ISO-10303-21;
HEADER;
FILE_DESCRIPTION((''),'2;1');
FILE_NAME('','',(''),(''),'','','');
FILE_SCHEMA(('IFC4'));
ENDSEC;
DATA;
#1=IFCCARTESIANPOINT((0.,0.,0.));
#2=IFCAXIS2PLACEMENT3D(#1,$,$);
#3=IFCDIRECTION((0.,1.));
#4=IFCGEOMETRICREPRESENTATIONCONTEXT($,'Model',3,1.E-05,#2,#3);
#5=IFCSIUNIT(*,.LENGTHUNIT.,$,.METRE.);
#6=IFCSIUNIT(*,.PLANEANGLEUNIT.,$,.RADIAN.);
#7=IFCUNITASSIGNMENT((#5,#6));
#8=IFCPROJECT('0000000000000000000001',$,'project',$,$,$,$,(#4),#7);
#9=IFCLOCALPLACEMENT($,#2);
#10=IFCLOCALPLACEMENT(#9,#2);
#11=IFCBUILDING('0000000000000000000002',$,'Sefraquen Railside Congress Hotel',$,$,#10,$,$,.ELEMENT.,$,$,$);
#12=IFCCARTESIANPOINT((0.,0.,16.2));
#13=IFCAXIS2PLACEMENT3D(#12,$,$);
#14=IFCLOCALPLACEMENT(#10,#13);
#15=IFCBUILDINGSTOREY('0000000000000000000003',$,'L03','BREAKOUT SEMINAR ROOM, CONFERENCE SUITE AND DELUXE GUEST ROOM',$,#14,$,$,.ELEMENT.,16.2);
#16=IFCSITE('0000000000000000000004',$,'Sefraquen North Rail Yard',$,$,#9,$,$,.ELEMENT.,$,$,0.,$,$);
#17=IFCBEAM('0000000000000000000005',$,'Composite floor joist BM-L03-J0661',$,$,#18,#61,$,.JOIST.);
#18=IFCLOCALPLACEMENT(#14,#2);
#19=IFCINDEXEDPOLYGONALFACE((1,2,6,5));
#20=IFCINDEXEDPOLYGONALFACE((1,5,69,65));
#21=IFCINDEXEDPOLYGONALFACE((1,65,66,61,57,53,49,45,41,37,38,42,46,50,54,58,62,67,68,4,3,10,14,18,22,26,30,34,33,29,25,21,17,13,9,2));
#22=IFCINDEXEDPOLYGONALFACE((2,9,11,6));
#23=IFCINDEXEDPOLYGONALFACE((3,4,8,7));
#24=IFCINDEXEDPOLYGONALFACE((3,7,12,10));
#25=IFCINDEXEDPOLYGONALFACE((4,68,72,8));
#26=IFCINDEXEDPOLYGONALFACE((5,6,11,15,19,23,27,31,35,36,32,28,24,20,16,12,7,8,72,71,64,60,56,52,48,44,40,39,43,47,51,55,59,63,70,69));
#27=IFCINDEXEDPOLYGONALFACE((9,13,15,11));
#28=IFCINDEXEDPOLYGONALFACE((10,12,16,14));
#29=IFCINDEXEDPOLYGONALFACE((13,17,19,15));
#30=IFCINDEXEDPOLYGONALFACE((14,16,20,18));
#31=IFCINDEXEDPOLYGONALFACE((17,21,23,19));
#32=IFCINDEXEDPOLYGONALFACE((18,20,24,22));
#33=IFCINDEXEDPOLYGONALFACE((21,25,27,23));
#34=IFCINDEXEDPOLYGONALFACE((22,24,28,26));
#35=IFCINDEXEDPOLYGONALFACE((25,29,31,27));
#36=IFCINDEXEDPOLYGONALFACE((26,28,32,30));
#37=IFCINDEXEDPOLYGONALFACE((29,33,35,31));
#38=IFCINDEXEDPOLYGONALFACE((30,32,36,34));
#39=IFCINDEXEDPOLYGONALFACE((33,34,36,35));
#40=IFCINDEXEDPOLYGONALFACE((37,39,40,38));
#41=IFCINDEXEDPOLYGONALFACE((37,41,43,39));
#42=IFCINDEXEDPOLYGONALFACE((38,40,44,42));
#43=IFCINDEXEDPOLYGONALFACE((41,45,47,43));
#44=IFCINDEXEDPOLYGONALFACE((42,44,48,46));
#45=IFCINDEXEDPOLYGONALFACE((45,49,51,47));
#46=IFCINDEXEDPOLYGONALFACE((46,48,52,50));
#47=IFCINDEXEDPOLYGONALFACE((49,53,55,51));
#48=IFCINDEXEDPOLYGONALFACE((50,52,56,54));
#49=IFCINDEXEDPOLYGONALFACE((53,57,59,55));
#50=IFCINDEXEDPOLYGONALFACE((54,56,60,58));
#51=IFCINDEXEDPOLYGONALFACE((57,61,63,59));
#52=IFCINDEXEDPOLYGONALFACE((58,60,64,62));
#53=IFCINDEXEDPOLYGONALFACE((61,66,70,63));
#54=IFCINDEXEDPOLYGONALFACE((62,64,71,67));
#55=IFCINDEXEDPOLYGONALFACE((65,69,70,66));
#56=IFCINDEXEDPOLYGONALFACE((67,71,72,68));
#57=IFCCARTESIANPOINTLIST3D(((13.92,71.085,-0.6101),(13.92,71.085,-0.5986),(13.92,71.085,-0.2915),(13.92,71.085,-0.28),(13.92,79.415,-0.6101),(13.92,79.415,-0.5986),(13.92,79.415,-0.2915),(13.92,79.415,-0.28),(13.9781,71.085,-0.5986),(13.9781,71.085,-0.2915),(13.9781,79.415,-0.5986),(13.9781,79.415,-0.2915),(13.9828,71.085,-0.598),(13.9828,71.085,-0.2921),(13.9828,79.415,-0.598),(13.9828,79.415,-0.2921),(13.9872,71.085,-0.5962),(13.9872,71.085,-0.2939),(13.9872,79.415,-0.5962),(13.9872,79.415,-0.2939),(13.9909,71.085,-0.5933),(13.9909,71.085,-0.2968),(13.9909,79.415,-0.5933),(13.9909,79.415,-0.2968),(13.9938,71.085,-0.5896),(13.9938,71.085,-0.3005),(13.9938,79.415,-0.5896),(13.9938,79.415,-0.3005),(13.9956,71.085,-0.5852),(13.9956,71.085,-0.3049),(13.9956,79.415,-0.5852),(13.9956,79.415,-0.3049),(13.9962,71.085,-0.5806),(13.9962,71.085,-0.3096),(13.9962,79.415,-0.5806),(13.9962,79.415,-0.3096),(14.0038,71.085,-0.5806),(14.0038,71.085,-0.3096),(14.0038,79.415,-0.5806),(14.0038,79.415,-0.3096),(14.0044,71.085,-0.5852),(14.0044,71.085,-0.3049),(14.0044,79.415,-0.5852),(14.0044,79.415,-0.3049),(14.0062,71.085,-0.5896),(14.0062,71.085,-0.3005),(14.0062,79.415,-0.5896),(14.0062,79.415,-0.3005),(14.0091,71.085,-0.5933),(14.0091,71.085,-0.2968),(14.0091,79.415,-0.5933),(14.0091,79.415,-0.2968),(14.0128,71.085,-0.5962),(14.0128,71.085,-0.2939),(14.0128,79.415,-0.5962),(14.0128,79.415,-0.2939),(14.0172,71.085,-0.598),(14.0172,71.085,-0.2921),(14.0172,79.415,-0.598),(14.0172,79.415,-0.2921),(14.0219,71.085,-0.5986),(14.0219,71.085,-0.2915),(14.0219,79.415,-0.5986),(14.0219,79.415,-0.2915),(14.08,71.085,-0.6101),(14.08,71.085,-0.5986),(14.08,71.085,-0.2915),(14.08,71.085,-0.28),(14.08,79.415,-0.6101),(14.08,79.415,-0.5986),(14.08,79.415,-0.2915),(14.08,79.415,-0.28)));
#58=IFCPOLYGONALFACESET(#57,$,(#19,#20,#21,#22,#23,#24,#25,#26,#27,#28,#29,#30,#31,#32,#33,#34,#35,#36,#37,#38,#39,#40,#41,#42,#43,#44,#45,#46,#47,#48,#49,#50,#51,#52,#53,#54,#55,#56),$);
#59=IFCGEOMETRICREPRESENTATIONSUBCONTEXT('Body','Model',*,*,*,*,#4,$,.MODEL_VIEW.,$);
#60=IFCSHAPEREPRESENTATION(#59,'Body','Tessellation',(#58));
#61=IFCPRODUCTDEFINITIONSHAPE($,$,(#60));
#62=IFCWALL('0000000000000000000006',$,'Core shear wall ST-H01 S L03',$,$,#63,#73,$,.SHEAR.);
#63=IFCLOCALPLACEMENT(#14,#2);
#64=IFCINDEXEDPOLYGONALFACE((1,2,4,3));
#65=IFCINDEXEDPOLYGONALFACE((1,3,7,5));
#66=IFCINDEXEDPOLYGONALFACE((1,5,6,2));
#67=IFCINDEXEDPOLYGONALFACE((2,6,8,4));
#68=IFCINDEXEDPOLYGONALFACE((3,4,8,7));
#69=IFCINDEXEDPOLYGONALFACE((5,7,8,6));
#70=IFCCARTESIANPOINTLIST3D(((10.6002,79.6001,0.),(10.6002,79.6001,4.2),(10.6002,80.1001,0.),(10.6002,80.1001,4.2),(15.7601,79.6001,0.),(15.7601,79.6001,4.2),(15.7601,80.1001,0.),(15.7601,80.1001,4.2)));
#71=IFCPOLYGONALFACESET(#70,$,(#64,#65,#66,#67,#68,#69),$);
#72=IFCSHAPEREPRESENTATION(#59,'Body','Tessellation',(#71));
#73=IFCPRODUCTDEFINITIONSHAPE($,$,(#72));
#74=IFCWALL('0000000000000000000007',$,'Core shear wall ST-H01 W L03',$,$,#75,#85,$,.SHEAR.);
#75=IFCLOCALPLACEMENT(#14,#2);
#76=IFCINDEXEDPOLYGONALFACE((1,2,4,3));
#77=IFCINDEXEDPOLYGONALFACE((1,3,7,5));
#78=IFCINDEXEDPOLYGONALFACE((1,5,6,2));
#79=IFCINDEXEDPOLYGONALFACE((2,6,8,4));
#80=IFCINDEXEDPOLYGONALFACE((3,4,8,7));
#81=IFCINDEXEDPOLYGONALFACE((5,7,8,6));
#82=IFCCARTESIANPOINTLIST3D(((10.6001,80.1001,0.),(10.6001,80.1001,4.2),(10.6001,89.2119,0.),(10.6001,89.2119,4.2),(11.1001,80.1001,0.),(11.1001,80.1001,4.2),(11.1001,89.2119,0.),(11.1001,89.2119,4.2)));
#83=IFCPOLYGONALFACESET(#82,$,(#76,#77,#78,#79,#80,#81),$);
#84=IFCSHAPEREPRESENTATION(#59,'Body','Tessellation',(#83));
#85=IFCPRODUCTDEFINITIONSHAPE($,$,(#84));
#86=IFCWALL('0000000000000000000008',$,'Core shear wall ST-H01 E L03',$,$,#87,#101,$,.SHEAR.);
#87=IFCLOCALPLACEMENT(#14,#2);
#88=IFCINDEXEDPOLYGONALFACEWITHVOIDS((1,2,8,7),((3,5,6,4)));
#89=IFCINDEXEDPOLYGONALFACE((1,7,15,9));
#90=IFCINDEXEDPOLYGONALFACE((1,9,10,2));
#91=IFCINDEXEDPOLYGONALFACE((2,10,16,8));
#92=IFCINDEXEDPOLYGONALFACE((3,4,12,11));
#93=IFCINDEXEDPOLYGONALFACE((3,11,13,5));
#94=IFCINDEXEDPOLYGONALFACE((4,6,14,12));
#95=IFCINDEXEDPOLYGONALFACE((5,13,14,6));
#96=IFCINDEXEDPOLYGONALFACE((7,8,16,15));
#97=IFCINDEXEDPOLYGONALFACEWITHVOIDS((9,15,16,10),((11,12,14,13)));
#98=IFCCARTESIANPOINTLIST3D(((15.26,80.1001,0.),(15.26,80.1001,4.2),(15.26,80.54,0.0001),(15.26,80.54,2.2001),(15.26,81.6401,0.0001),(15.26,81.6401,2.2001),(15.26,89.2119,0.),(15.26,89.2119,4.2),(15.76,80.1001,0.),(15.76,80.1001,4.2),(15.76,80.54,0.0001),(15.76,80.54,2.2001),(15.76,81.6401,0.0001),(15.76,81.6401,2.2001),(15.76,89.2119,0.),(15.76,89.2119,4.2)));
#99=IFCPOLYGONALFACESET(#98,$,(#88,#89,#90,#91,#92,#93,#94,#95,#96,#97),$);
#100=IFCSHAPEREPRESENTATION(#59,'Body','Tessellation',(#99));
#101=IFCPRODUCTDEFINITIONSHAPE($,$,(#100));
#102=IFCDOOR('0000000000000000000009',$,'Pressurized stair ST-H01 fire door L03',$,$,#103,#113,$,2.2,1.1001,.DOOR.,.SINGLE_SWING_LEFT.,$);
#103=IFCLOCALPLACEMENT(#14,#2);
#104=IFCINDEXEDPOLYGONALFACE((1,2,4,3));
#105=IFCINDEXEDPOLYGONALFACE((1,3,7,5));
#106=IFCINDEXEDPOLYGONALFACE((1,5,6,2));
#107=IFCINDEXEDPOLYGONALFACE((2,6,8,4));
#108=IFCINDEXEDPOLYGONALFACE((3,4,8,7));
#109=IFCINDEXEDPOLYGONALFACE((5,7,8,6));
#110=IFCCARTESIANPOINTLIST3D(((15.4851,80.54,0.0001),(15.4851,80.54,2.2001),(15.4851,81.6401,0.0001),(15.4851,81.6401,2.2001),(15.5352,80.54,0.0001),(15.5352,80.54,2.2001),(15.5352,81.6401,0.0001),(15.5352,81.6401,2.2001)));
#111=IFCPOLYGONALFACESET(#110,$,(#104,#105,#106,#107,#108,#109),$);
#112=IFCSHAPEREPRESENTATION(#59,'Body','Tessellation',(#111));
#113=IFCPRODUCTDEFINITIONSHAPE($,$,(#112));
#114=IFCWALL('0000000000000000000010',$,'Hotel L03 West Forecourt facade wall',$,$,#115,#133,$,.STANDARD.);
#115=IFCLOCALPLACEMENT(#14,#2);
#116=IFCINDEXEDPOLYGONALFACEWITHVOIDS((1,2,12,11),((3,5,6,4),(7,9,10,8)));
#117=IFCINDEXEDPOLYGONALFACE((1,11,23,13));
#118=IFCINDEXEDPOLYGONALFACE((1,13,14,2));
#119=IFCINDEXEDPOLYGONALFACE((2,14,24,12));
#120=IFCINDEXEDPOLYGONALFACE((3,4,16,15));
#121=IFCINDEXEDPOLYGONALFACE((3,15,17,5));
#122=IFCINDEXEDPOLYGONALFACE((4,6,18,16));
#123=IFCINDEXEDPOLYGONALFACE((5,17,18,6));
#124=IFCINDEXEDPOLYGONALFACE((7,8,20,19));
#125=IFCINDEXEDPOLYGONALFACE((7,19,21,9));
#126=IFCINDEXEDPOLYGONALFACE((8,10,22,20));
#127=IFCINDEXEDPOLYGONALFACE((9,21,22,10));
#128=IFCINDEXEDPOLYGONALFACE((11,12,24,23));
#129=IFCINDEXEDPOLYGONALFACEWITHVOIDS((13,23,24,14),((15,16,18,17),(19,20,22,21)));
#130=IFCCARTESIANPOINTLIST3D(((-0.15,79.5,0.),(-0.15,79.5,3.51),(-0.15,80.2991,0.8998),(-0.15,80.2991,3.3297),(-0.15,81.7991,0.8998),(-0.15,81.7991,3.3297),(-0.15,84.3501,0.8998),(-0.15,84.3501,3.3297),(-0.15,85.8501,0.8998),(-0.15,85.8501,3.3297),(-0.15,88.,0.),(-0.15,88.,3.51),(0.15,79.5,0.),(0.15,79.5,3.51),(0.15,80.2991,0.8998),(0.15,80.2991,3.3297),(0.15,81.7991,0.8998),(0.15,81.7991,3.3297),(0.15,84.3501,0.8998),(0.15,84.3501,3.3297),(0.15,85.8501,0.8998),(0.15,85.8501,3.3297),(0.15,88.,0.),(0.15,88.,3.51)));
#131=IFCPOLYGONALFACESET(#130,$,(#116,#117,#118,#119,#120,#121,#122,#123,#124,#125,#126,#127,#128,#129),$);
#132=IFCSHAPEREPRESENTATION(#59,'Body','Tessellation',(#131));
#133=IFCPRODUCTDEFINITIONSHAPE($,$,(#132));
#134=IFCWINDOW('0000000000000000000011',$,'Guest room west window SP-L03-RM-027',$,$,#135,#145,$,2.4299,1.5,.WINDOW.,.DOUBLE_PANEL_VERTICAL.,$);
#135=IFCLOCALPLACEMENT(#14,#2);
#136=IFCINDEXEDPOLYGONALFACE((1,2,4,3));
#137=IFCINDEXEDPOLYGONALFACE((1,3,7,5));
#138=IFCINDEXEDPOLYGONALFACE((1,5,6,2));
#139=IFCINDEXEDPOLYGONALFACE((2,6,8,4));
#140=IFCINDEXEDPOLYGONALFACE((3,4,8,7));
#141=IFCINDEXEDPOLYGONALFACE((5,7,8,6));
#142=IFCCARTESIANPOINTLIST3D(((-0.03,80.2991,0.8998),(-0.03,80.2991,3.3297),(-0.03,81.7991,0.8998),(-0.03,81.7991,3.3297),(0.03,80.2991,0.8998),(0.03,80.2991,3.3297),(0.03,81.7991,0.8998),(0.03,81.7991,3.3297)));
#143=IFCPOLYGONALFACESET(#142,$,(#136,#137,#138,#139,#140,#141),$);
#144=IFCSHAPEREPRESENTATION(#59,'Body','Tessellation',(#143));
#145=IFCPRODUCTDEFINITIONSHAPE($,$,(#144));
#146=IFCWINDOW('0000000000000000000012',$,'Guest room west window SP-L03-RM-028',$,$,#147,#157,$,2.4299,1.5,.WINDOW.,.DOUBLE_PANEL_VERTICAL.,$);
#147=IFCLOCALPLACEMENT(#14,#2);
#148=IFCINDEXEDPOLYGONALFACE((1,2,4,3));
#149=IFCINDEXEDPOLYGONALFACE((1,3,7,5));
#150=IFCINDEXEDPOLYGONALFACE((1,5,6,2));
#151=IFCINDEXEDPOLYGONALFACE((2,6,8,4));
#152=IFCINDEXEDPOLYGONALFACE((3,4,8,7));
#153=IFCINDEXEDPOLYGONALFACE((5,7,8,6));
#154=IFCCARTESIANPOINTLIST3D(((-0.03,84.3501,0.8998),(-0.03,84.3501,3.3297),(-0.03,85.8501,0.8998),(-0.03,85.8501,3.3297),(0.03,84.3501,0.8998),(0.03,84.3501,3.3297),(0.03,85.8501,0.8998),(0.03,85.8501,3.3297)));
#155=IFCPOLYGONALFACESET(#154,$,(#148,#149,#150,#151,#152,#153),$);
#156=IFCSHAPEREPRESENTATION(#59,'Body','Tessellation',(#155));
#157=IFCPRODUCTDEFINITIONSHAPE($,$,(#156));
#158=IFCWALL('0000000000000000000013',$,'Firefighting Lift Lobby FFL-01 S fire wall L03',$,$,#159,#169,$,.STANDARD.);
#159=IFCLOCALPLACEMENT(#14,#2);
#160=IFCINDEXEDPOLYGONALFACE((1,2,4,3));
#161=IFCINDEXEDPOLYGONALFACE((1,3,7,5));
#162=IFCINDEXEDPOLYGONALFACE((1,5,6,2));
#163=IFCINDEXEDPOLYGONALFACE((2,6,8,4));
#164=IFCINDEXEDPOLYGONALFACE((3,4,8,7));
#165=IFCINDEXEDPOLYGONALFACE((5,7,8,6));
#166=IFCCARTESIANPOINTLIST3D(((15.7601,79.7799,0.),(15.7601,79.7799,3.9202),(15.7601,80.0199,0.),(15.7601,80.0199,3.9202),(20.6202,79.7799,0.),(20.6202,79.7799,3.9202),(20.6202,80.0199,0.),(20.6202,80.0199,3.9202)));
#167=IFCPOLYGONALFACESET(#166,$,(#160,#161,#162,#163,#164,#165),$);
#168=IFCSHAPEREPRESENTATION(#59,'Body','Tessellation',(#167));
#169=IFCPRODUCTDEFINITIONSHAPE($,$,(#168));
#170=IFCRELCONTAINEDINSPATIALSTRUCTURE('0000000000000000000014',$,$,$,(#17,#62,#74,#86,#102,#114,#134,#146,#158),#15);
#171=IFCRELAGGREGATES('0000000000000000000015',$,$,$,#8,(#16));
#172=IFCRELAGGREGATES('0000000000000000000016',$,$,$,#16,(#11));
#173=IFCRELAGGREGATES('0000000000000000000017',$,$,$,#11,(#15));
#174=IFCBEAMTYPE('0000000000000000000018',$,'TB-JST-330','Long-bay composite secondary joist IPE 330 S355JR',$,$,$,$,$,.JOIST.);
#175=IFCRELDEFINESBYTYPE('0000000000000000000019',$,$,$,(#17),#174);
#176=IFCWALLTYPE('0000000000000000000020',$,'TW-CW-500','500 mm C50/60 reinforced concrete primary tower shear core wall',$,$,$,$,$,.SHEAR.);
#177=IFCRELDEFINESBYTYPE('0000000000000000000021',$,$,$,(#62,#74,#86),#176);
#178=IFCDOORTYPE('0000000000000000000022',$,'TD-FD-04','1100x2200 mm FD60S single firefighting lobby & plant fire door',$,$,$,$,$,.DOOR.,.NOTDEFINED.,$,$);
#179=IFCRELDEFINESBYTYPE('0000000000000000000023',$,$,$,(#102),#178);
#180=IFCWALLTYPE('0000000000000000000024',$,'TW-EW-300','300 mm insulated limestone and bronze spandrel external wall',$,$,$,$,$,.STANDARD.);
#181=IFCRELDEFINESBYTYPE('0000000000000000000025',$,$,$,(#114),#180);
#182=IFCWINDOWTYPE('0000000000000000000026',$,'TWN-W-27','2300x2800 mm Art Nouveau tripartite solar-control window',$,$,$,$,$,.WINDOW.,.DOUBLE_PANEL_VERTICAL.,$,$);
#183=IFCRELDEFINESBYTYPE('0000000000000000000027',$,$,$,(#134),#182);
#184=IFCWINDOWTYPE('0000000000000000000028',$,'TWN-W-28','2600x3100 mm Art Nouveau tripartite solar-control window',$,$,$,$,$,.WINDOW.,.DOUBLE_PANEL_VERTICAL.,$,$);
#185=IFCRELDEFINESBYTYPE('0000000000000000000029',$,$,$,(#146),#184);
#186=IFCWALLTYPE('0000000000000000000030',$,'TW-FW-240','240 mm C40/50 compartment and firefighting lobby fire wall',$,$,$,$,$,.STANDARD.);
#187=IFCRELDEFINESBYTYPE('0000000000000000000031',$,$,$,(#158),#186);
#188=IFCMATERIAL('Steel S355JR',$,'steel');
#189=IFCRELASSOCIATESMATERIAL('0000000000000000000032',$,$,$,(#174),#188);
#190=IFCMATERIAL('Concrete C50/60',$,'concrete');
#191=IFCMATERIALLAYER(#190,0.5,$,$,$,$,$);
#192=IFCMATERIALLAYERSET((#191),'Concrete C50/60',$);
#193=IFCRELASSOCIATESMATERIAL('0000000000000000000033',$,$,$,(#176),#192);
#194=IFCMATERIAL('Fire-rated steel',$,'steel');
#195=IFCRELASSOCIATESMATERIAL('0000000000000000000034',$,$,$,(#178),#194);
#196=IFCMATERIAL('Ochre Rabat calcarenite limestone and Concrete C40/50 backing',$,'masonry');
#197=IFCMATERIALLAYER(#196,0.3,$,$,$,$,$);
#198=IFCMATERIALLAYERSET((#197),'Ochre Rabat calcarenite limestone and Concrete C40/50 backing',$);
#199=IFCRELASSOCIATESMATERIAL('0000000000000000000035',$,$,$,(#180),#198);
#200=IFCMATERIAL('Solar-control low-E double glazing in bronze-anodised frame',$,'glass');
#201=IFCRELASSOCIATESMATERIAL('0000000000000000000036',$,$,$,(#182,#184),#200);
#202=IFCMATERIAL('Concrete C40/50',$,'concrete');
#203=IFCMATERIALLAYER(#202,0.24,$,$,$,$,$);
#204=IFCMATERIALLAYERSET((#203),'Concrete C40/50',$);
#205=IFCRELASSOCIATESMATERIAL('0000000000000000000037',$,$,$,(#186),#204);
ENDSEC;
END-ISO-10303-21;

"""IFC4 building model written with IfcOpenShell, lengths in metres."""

from ifc_helpers import new_model, si_unit, direction, frame, frame_2d, origin, origin_2d, place, context, subcontext, project, spatial, rectangle, i_section, extrude, material, layer, layer_set, material_profile, profile_set, type_object, element, fill, save


model = new_model("IFC4")

# Units and contexts
model_context = context("Model", 3, precision=1e-05, world=origin(), true_north=direction((0.0, 1.0)))
body_context = subcontext(model_context, "Body", "Model", "MODEL_VIEW")
ifc_project = project(units=[si_unit("LENGTHUNIT", "METRE"), si_unit("PLANEANGLEUNIT", "RADIAN")], contexts=[model_context])

# Site, building, storey
site_placement = place(None, origin())
site = spatial("IfcSite", under=ifc_project, at=site_placement, Name="Sefraquen North Rail Yard", CompositionType="ELEMENT", RefElevation=0.0)
building_placement = place(site_placement, origin())
building = spatial("IfcBuilding", under=site, at=building_placement, Name="Sefraquen Railside Congress Hotel", CompositionType="ELEMENT")
storey_placement = place(building_placement, frame((0.0, 0.0, 16.2)))
storey = spatial("IfcBuildingStorey", under=building, at=storey_placement, Name="L03", Description="BREAKOUT SEMINAR ROOM, CONFERENCE SUITE AND DELUXE GUEST ROOM", CompositionType="ELEMENT", Elevation=16.2)

# Shared definitions
ifc_material_1 = material(Name="Steel S355JR", Category="steel")

# Beam
ifc_material_profile_1 = material_profile(ifc_material_1, i_section(OverallWidth=0.1599, OverallDepth=0.3301, WebThickness=0.0076, FlangeThickness=0.0115, FilletRadius=0.0181, at=origin_2d()), Name="IPE 330")
ifc_profile_set_1 = profile_set([ifc_material_profile_1], Name="Steel S355JR")
beam_type_1 = type_object("IfcBeamType", Name="TB-JST-330", Description="Long-bay composite secondary joist IPE 330 S355JR", PredefinedType="JOIST", material=ifc_profile_set_1)
for number, where, z_axis, x_axis, name in (
    (1, (14.0, 71.085, -0.4451), (0.0, 1.0, 0.0), (-1.0, 0.0, 0.0), "Composite floor joist BM-L03-J0661"),
):
    element("IfcBeam", number, at=place(storey_placement, frame(where, z_axis=z_axis, x_axis=x_axis)), inside=storey, type_object=beam_type_1, Name=name, PredefinedType="JOIST", context=body_context, shape_type="SweptSolid", body=[
        extrude(i_section(OverallWidth=0.1599, OverallDepth=0.3301, WebThickness=0.0076, FlangeThickness=0.0115, FilletRadius=0.0181, at=origin_2d()), origin(), (0.0, 0.0, 1.0), 8.3301),
    ])

# Walls
ifc_material_2 = material(Name="Concrete C50/60", Category="concrete")
ifc_layer_1 = layer(ifc_material_2, 0.5)
ifc_layer_set_1 = layer_set([ifc_layer_1], Name="Concrete C50/60")
wall_type_1 = type_object("IfcWallType", Name="TW-CW-500", Description="500 mm C50/60 reinforced concrete primary tower shear core wall", PredefinedType="SHEAR", material=ifc_layer_set_1)
wall_1_placement = place(storey_placement, frame((10.6001, 79.8501, 0.0), z_axis=(0.0, 0.0, 1.0), x_axis=(1.0, 0.0, 0.0)))
element("IfcWall", 2, at=wall_1_placement, inside=storey, type_object=wall_type_1, Name="Core shear wall ST-H01 S L03", PredefinedType="SHEAR", context=body_context, shape_type="SweptSolid", body=[
    extrude(rectangle(XDim=5.1599, YDim=0.5, at=frame_2d((2.5801, 0.0))), origin(), (0.0, 0.0, 1.0), 4.2),
])
wall_2_placement = place(storey_placement, frame((10.8501, 80.1001, 0.0), z_axis=(0.0, 0.0, 1.0), x_axis=(0.0, 1.0, 0.0)))
element("IfcWall", 3, at=wall_2_placement, inside=storey, type_object=wall_type_1, Name="Core shear wall ST-H01 W L03", PredefinedType="SHEAR", context=body_context, shape_type="SweptSolid", body=[
    extrude(rectangle(XDim=9.1118, YDim=0.5, at=frame_2d((4.5559, 0.0))), origin(), (0.0, 0.0, 1.0), 4.2),
])

# Wall, opening, door
wall_3_placement = place(storey_placement, frame((15.51, 80.1001, 0.0), z_axis=(0.0, 0.0, 1.0), x_axis=(0.0, 1.0, 0.0)))
wall_3 = element("IfcWall", 4, at=wall_3_placement, inside=storey, type_object=wall_type_1, Name="Core shear wall ST-H01 E L03", PredefinedType="SHEAR", context=body_context, shape_type="SweptSolid", body=[
    extrude(rectangle(XDim=9.1118, YDim=0.5, at=frame_2d((4.5559, 0.0))), origin(), (0.0, 0.0, 1.0), 4.2),
])
opening_1_placement = place(wall_3_placement, frame((0.4399, 0.0, 0.0)))
opening_1 = element("IfcOpeningElement", 5, at=opening_1_placement, cuts=wall_3, PredefinedType="OPENING", context=body_context, shape_type="SweptSolid", body=[
    extrude(rectangle(XDim=1.1001, YDim=2.2, at=frame_2d((0.55, 1.1001))), frame((0.0, 0.26, 0.0), z_axis=(0.0, -1.0, 0.0), x_axis=(1.0, 0.0, 0.0)), (0.0, 0.0, 1.0), 0.52),
])
ifc_material_3 = material(Name="Fire-rated steel", Category="steel")
door_type_1 = type_object("IfcDoorType", Name="TD-FD-04", Description="1100x2200 mm FD60S single firefighting lobby & plant fire door", OperationType="NOTDEFINED", PredefinedType="DOOR", material=ifc_material_3)
door_1_placement = place(opening_1_placement, origin())
door_1 = element("IfcDoor", 6, at=door_1_placement, inside=storey, type_object=door_type_1, Name="Pressurized stair ST-H01 fire door L03", OperationType="SINGLE_SWING_LEFT", OverallHeight=2.2, OverallWidth=1.1001, PredefinedType="DOOR", context=body_context, shape_type="SweptSolid", body=[
    extrude(rectangle(XDim=1.1001, YDim=2.2, at=frame_2d((0.55, 1.1001))), frame((0.0, 0.0249, 0.0), z_axis=(0.0, -1.0, 0.0), x_axis=(1.0, 0.0, 0.0)), (0.0, 0.0, 1.0), 0.05),
])
fill(opening_1, door_1)

# Wall, openings, windows
ifc_material_4 = material(Name="Ochre Rabat calcarenite limestone and Concrete C40/50 backing", Category="masonry")
ifc_layer_2 = layer(ifc_material_4, 0.3)
ifc_layer_set_2 = layer_set([ifc_layer_2], Name="Ochre Rabat calcarenite limestone and Concrete C40/50 backing")
wall_type_2 = type_object("IfcWallType", Name="TW-EW-300", Description="300 mm insulated limestone and bronze spandrel external wall", PredefinedType="STANDARD", material=ifc_layer_set_2)
wall_4_placement = place(storey_placement, frame((0.0, 79.5, 0.0), z_axis=(0.0, 0.0, 1.0), x_axis=(0.0, 1.0, 0.0)))
wall_4 = element("IfcWall", 7, at=wall_4_placement, inside=storey, type_object=wall_type_2, Name="Hotel L03 West Forecourt facade wall", PredefinedType="STANDARD", context=body_context, shape_type="SweptSolid", body=[
    extrude(rectangle(XDim=8.5, YDim=0.3, at=frame_2d((4.25, 0.0))), origin(), (0.0, 0.0, 1.0), 3.51),
])
opening_2_placement = place(wall_4_placement, frame((0.7991, 0.0, 0.8999)))
opening_2 = element("IfcOpeningElement", 8, at=opening_2_placement, cuts=wall_4, PredefinedType="OPENING", context=body_context, shape_type="SweptSolid", body=[
    extrude(rectangle(XDim=1.5, YDim=2.4299, at=frame_2d((0.75, 1.2148))), frame((0.0, 0.1599, 0.0), z_axis=(0.0, -1.0, 0.0), x_axis=(1.0, 0.0, 0.0)), (0.0, 0.0, 1.0), 0.3201),
])
opening_3_placement = place(wall_4_placement, frame((4.8501, 0.0, 0.8999)))
opening_3 = element("IfcOpeningElement", 9, at=opening_3_placement, cuts=wall_4, PredefinedType="OPENING", context=body_context, shape_type="SweptSolid", body=[
    extrude(rectangle(XDim=1.5, YDim=2.4299, at=frame_2d((0.75, 1.2148))), frame((0.0, 0.1599, 0.0), z_axis=(0.0, -1.0, 0.0), x_axis=(1.0, 0.0, 0.0)), (0.0, 0.0, 1.0), 0.3201),
])
ifc_material_5 = material(Name="Solar-control low-E double glazing in bronze-anodised frame", Category="glass")
window_type_1 = type_object("IfcWindowType", Name="TWN-W-27", Description="2300x2800 mm Art Nouveau tripartite solar-control window", PartitioningType="DOUBLE_PANEL_VERTICAL", PredefinedType="WINDOW", material=ifc_material_5)
window_1_placement = place(opening_2_placement, origin())
window_1 = element("IfcWindow", 10, at=window_1_placement, inside=storey, type_object=window_type_1, Name="Guest room west window SP-L03-RM-027", OverallHeight=2.4299, OverallWidth=1.5, PartitioningType="DOUBLE_PANEL_VERTICAL", PredefinedType="WINDOW", context=body_context, shape_type="SweptSolid", body=[
    extrude(rectangle(XDim=1.5, YDim=2.4299, at=frame_2d((0.75, 1.2148))), frame((0.0, 0.03, 0.0), z_axis=(0.0, -1.0, 0.0), x_axis=(1.0, 0.0, 0.0)), (0.0, 0.0, 1.0), 0.0601),
])
fill(opening_2, window_1)
window_type_2 = type_object("IfcWindowType", Name="TWN-W-28", Description="2600x3100 mm Art Nouveau tripartite solar-control window", PartitioningType="DOUBLE_PANEL_VERTICAL", PredefinedType="WINDOW", material=ifc_material_5)
window_2_placement = place(opening_3_placement, origin())
window_2 = element("IfcWindow", 11, at=window_2_placement, inside=storey, type_object=window_type_2, Name="Guest room west window SP-L03-RM-028", OverallHeight=2.4299, OverallWidth=1.5, PartitioningType="DOUBLE_PANEL_VERTICAL", PredefinedType="WINDOW", context=body_context, shape_type="SweptSolid", body=[
    extrude(rectangle(XDim=1.5, YDim=2.4299, at=frame_2d((0.75, 1.2148))), frame((0.0, 0.03, 0.0), z_axis=(0.0, -1.0, 0.0), x_axis=(1.0, 0.0, 0.0)), (0.0, 0.0, 1.0), 0.0601),
])
fill(opening_3, window_2)

# Wall
ifc_material_6 = material(Name="Concrete C40/50", Category="concrete")
ifc_layer_3 = layer(ifc_material_6, 0.24)
ifc_layer_set_3 = layer_set([ifc_layer_3], Name="Concrete C40/50")
wall_type_3 = type_object("IfcWallType", Name="TW-FW-240", Description="240 mm C40/50 compartment and firefighting lobby fire wall", PredefinedType="STANDARD", material=ifc_layer_set_3)
wall_5_placement = place(storey_placement, frame((15.76, 79.8999, 0.0), z_axis=(0.0, 0.0, 1.0), x_axis=(1.0, 0.0, 0.0)))
element("IfcWall", 12, at=wall_5_placement, inside=storey, type_object=wall_type_3, Name="Firefighting Lift Lobby FFL-01 S fire wall L03", PredefinedType="STANDARD", context=body_context, shape_type="SweptSolid", body=[
    extrude(rectangle(XDim=4.8601, YDim=0.24, at=frame_2d((2.4302, 0.0))), origin(), (0.0, 0.0, 1.0), 3.9202),
])

save(model, "model.ifc")
